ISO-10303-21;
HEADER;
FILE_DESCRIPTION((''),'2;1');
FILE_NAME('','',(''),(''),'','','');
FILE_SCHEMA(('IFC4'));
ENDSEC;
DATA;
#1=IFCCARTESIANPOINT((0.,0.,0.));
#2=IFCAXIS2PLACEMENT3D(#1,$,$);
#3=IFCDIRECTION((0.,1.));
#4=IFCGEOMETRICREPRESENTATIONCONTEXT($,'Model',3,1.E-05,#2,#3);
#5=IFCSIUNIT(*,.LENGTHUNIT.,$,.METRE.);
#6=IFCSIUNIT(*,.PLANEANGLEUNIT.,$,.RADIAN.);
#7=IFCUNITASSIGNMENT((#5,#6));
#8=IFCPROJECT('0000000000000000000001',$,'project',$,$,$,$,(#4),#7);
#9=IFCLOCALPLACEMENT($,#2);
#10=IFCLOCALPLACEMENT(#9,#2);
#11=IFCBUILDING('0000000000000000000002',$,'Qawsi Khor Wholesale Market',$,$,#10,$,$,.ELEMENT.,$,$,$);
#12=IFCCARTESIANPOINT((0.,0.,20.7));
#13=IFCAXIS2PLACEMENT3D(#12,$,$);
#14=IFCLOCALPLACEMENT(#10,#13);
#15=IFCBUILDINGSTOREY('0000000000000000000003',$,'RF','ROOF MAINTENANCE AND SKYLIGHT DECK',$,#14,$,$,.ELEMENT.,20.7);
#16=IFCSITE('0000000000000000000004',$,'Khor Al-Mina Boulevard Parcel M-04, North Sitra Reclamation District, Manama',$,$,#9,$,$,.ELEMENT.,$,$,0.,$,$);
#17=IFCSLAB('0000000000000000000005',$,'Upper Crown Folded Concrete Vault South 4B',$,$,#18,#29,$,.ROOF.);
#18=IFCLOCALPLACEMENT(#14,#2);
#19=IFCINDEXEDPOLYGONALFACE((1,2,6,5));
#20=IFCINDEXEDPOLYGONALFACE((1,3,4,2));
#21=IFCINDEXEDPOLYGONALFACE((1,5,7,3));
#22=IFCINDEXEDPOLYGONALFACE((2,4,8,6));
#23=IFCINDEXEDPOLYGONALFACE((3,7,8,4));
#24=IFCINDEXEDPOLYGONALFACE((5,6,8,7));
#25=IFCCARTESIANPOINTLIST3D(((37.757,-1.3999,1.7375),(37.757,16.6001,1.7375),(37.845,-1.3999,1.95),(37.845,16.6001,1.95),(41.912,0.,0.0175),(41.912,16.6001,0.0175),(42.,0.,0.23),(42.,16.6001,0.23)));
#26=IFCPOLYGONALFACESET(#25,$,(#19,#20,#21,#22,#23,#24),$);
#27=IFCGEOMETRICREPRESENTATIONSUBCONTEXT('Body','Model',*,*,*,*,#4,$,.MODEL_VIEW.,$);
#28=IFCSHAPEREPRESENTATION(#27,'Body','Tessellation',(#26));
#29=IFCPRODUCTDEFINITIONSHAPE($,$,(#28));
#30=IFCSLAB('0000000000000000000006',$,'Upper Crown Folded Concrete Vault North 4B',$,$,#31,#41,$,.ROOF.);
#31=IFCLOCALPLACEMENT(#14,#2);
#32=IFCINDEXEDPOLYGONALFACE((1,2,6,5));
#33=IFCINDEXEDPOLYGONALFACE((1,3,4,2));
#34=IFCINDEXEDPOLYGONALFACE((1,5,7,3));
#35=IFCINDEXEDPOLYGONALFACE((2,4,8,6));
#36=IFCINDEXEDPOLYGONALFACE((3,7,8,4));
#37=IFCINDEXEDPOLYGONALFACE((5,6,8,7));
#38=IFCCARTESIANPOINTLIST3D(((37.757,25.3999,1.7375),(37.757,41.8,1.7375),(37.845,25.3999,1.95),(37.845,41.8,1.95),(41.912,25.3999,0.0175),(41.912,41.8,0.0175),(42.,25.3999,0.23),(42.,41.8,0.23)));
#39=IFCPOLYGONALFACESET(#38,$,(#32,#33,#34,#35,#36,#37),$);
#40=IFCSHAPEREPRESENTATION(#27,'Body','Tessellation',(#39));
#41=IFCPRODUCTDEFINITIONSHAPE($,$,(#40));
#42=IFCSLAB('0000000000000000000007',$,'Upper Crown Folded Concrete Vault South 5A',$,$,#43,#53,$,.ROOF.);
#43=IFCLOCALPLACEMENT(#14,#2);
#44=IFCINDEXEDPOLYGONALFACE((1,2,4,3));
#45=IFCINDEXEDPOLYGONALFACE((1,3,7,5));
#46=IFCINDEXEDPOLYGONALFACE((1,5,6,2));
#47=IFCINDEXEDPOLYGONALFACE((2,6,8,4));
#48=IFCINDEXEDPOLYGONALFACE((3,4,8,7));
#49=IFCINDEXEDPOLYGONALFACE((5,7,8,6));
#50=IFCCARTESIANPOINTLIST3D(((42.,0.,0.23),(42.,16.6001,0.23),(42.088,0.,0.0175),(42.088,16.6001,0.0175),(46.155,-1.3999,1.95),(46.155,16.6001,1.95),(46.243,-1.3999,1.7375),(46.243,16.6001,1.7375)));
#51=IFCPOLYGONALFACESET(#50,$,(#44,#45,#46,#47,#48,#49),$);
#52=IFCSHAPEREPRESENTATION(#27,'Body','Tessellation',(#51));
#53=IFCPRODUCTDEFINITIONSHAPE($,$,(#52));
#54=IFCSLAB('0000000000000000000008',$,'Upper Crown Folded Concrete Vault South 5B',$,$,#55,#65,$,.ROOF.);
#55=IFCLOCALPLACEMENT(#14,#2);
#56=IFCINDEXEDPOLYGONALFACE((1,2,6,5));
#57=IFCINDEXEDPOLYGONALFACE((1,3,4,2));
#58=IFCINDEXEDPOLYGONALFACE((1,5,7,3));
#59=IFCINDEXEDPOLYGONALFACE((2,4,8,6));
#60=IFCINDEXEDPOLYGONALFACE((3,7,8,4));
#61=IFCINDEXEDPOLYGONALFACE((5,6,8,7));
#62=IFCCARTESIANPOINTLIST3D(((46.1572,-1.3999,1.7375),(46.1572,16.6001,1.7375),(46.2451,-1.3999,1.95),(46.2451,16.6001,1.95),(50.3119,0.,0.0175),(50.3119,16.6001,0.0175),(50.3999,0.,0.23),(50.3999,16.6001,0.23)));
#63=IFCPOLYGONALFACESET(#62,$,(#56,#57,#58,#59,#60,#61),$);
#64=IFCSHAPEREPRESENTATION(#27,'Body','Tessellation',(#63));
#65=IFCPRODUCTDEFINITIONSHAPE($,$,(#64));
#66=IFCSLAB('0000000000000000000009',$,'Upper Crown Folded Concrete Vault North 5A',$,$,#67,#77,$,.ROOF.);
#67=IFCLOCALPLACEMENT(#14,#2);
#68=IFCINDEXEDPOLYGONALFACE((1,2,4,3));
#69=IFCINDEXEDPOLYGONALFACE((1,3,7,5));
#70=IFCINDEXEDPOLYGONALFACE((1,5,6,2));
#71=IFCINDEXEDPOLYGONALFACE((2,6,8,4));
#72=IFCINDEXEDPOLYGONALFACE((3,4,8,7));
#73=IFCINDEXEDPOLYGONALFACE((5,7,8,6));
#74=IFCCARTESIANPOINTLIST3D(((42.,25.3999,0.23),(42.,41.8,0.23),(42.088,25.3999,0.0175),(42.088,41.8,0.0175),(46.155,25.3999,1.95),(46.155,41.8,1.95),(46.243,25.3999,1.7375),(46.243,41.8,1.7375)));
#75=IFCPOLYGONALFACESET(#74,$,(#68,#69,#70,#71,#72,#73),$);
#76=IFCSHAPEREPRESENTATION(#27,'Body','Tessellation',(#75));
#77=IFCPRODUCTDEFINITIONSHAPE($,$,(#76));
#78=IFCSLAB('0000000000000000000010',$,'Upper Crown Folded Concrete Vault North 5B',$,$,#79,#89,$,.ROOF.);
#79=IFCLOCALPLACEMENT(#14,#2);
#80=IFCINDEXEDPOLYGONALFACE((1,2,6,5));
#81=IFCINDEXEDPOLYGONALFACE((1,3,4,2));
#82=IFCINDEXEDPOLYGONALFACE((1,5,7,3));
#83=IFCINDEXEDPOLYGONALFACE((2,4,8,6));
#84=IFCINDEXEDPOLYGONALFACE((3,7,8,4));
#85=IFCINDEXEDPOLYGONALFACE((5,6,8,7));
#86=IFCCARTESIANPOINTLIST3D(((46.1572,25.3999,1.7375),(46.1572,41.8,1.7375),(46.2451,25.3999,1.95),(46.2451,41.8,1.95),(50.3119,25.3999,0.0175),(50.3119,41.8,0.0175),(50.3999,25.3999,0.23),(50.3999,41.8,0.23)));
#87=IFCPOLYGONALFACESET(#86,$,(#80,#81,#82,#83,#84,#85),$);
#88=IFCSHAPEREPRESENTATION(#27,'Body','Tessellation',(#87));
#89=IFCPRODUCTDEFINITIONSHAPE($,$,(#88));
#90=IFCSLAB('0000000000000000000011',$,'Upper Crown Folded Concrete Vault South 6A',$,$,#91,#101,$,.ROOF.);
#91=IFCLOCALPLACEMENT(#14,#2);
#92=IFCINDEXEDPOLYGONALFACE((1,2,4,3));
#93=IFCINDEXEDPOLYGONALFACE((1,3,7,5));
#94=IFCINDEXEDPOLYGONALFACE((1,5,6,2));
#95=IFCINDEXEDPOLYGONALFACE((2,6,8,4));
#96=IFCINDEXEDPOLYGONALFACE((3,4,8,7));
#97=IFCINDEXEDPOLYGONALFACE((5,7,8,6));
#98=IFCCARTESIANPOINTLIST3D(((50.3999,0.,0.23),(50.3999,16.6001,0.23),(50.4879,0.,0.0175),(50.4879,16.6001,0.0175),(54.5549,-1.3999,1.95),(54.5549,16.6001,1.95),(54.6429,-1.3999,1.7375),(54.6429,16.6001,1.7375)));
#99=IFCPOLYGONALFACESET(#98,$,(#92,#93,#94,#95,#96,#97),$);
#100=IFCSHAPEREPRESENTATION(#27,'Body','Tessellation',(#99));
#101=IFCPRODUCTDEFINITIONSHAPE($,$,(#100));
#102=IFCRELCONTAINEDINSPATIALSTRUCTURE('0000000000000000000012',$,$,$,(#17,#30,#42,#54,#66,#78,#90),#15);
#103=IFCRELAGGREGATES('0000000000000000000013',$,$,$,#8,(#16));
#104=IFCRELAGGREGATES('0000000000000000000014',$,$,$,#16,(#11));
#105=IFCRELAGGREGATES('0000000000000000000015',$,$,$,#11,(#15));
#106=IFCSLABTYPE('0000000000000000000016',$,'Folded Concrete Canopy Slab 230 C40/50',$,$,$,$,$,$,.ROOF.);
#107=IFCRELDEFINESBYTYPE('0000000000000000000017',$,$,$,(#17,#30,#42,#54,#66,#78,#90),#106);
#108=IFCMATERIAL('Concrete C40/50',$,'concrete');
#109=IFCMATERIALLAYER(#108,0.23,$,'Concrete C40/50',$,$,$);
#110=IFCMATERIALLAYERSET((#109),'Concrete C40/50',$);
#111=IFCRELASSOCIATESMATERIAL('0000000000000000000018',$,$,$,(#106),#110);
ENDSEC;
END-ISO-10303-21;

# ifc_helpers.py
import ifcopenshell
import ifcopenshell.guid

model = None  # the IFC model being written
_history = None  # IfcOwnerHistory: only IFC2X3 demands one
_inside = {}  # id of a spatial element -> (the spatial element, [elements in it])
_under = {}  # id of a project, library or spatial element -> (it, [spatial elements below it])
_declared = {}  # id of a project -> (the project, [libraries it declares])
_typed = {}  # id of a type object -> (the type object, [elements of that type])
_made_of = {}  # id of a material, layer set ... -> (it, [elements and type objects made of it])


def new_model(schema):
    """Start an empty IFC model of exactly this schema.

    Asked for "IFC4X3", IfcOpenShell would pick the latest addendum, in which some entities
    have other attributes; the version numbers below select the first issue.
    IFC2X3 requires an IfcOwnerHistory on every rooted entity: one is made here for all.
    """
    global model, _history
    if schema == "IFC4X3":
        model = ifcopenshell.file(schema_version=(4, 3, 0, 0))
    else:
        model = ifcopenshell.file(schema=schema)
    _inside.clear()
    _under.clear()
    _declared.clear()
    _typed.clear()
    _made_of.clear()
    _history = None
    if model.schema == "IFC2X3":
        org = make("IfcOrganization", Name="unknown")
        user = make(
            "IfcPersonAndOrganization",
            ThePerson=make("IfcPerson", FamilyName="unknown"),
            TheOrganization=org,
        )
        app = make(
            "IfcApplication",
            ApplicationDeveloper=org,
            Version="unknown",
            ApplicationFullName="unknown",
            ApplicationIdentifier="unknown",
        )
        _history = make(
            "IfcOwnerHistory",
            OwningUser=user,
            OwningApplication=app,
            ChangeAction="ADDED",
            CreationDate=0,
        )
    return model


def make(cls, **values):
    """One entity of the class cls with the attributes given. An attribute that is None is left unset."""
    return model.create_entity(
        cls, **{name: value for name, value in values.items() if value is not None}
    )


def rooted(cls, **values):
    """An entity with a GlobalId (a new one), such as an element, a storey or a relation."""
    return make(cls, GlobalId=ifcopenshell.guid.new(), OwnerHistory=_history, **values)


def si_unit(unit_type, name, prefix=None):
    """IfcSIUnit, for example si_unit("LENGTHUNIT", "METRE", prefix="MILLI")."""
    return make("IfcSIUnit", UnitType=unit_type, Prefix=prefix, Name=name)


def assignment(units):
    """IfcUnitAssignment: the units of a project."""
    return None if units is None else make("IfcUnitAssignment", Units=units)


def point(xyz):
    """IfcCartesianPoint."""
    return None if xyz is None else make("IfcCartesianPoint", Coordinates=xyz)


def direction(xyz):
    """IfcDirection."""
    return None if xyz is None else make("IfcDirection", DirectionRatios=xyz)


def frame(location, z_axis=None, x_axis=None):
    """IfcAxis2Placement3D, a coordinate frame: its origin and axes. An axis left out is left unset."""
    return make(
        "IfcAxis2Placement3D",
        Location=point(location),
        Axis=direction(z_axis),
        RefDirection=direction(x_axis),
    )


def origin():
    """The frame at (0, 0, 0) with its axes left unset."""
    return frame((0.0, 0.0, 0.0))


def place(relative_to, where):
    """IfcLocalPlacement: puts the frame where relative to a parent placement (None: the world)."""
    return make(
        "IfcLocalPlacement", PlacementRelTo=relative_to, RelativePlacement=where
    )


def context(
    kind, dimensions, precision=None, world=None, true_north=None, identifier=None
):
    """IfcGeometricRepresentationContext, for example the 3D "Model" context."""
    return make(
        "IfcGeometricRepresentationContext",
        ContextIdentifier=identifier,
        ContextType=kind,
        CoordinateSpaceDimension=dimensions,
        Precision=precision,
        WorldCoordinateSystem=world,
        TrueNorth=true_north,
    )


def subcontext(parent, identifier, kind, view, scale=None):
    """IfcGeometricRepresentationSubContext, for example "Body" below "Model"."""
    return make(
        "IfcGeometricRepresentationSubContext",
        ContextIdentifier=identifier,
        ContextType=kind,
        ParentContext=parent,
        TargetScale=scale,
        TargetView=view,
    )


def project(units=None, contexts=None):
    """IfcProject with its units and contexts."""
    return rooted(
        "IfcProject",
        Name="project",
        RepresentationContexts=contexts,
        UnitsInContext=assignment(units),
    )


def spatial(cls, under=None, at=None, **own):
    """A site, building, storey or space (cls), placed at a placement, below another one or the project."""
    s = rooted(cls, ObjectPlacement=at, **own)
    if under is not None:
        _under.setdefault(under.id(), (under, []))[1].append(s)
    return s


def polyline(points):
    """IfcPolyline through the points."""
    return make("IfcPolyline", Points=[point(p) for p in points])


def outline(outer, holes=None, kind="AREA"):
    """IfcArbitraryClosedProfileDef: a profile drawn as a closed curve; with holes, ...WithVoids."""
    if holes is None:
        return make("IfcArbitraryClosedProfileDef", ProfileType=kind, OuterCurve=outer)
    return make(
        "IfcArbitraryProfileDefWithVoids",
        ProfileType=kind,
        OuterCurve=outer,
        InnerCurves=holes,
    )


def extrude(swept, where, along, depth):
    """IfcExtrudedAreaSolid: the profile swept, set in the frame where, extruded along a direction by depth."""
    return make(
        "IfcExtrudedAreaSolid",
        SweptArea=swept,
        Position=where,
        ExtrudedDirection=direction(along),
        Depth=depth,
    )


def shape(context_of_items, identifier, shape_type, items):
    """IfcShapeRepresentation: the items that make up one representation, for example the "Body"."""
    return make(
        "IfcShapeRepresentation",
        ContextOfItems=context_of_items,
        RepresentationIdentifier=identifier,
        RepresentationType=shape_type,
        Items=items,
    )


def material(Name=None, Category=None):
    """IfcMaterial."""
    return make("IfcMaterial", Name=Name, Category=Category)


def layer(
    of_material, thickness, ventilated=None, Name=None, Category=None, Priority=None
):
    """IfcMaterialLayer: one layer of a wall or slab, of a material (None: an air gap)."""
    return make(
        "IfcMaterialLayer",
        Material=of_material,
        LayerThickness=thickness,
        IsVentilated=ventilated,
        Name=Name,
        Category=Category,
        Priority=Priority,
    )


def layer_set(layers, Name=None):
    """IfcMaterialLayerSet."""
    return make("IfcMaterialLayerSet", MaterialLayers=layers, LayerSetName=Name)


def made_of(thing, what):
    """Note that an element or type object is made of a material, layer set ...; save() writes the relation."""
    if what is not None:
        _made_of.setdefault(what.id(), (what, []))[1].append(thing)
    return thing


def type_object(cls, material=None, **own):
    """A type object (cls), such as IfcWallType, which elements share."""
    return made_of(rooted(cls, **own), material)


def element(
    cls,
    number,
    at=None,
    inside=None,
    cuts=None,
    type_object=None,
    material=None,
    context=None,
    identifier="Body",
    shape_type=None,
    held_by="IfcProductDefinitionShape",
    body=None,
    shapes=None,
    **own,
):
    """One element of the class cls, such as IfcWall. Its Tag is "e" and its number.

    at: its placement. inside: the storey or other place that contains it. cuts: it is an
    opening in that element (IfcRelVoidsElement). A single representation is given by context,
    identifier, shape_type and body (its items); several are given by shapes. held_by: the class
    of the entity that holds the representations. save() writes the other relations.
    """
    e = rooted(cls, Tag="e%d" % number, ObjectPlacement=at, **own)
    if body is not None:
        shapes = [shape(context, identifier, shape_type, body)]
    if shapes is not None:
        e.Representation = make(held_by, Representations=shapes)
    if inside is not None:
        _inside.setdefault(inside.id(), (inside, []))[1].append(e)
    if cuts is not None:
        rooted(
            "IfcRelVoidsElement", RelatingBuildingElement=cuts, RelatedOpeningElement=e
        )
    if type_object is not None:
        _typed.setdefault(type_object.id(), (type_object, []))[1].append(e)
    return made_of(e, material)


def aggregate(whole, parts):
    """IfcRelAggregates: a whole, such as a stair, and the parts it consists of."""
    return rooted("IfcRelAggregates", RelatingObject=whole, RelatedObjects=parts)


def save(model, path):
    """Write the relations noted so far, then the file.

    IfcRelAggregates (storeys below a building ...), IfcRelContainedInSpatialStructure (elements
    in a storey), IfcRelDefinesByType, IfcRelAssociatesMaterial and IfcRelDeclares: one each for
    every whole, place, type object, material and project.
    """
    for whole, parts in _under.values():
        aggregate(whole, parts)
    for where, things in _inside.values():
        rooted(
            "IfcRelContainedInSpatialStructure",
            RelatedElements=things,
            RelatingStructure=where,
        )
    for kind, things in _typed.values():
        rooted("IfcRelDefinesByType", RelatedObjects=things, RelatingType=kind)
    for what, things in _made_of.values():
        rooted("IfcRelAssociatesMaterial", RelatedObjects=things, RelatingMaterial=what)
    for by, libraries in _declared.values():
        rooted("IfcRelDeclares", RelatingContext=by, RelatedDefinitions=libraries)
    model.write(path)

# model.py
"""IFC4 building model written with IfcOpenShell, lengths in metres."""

from ifc_helpers import new_model, si_unit, direction, frame, origin, place, context, subcontext, project, spatial, polyline, outline, extrude, material, layer, layer_set, type_object, element, save


model = new_model("IFC4")

# Units and contexts
model_context = context("Model", 3, precision=1e-05, world=origin(), true_north=direction((0.0, 1.0)))
body_context = subcontext(model_context, "Body", "Model", "MODEL_VIEW")
ifc_project = project(units=[si_unit("LENGTHUNIT", "METRE"), si_unit("PLANEANGLEUNIT", "RADIAN")], contexts=[model_context])

# Site, building, storey
site_placement = place(None, origin())
site = spatial("IfcSite", under=ifc_project, at=site_placement, Name="Khor Al-Mina Boulevard Parcel M-04, North Sitra Reclamation District, Manama", CompositionType="ELEMENT", RefElevation=0.0)
building_placement = place(site_placement, origin())
building = spatial("IfcBuilding", under=site, at=building_placement, Name="Qawsi Khor Wholesale Market", CompositionType="ELEMENT")
storey_placement = place(building_placement, frame((0.0, 0.0, 20.7)))
storey = spatial("IfcBuildingStorey", under=building, at=storey_placement, Name="RF", Description="ROOF MAINTENANCE AND SKYLIGHT DECK", CompositionType="ELEMENT", Elevation=20.7)

# Slabs
ifc_material_1 = material(Name="Concrete C40/50", Category="concrete")
ifc_layer_1 = layer(ifc_material_1, 0.23, Name="Concrete C40/50")
ifc_layer_set_1 = layer_set([ifc_layer_1], Name="Concrete C40/50")
slab_type = type_object("IfcSlabType", Name="Folded Concrete Canopy Slab 230 C40/50", PredefinedType="ROOF", material=ifc_layer_set_1)
slab_1_placement = place(storey_placement, frame((37.845, -1.3999, 1.95), z_axis=(0.382475, 0.0, 0.923966), x_axis=(0.882208, 0.297231, -0.365189)))
element("IfcSlab", 1, at=slab_1_placement, inside=storey, type_object=slab_type, Name="Upper Crown Folded Concrete Vault South 4B", PredefinedType="ROOF", context=body_context, shape_type="SweptSolid", body=[
    extrude(outline(polyline([(0.0, 0.0), (4.7098, 0.0), (9.6439, 15.8499), (5.3502, 17.1865), (0.0, 0.0)])), origin(), (0.0, 0.0, -1.0), 0.23),
])
slab_2_placement = place(storey_placement, frame((37.845, 25.3999, 1.95), z_axis=(0.382475, 0.0, 0.923966), x_axis=(0.923966, 0.0, -0.382475)))
element("IfcSlab", 2, at=slab_2_placement, inside=storey, type_object=slab_type, Name="Upper Crown Folded Concrete Vault North 4B", PredefinedType="ROOF", context=body_context, shape_type="SweptSolid", body=[
    extrude(outline(polyline([(0.0, 0.0), (4.497, 0.0), (4.497, 16.4001), (0.0, 16.4001), (0.0, 0.0)])), origin(), (0.0, 0.0, -1.0), 0.23),
])
slab_3_placement = place(storey_placement, frame((42.0, 0.0, 0.23), z_axis=(-0.382475, 0.0, 0.923966), x_axis=(0.882208, -0.297231, 0.365189)))
element("IfcSlab", 3, at=slab_3_placement, inside=storey, type_object=slab_type, Name="Upper Crown Folded Concrete Vault South 5A", PredefinedType="ROOF", context=body_context, shape_type="SweptSolid", body=[
    extrude(outline(polyline([(0.0, 0.0), (4.7098, 0.0), (-0.6404, 17.1865), (-4.9341, 15.8499), (0.0, 0.0)])), origin(), (0.0, 0.0, -1.0), 0.23),
])
slab_4_placement = place(storey_placement, frame((46.2451, -1.3999, 1.95), z_axis=(0.382494, 0.0, 0.923958), x_axis=(0.882196, 0.297245, -0.365206)))
element("IfcSlab", 4, at=slab_4_placement, inside=storey, type_object=slab_type, Name="Upper Crown Folded Concrete Vault South 5B", PredefinedType="ROOF", context=body_context, shape_type="SweptSolid", body=[
    extrude(outline(polyline([(0.0, 0.0), (4.7096, 0.0), (9.6439, 15.8498), (5.3504, 17.1864), (0.0, 0.0)])), origin(), (0.0, 0.0, -1.0), 0.23),
])
slab_5_placement = place(storey_placement, frame((42.0, 25.3999, 0.23), z_axis=(-0.382475, 0.0, 0.923966), x_axis=(0.923966, 0.0, 0.382475)))
element("IfcSlab", 5, at=slab_5_placement, inside=storey, type_object=slab_type, Name="Upper Crown Folded Concrete Vault North 5A", PredefinedType="ROOF", context=body_context, shape_type="SweptSolid", body=[
    extrude(outline(polyline([(0.0, 0.0), (4.497, 0.0), (4.497, 16.4001), (0.0, 16.4001), (0.0, 0.0)])), origin(), (0.0, 0.0, -1.0), 0.23),
])
slab_6_placement = place(storey_placement, frame((46.2451, 25.3999, 1.95), z_axis=(0.382494, 0.0, 0.923958), x_axis=(0.923958, 0.0, -0.382494)))
element("IfcSlab", 6, at=slab_6_placement, inside=storey, type_object=slab_type, Name="Upper Crown Folded Concrete Vault North 5B", PredefinedType="ROOF", context=body_context, shape_type="SweptSolid", body=[
    extrude(outline(polyline([(0.0, 0.0), (4.4967, 0.0), (4.4967, 16.4001), (0.0, 16.4001), (0.0, 0.0)])), origin(), (0.0, 0.0, -1.0), 0.23),
])
slab_7_placement = place(storey_placement, frame((50.3999, 0.0, 0.23), z_axis=(-0.382475, 0.0, 0.923966), x_axis=(0.882208, -0.297231, 0.365189)))
element("IfcSlab", 7, at=slab_7_placement, inside=storey, type_object=slab_type, Name="Upper Crown Folded Concrete Vault South 6A", PredefinedType="ROOF", context=body_context, shape_type="SweptSolid", body=[
    extrude(outline(polyline([(0.0, 0.0), (4.7098, 0.0), (-0.6404, 17.1865), (-4.9341, 15.8499), (0.0, 0.0)])), origin(), (0.0, 0.0, -1.0), 0.23),
])

save(model, "model.ifc")
